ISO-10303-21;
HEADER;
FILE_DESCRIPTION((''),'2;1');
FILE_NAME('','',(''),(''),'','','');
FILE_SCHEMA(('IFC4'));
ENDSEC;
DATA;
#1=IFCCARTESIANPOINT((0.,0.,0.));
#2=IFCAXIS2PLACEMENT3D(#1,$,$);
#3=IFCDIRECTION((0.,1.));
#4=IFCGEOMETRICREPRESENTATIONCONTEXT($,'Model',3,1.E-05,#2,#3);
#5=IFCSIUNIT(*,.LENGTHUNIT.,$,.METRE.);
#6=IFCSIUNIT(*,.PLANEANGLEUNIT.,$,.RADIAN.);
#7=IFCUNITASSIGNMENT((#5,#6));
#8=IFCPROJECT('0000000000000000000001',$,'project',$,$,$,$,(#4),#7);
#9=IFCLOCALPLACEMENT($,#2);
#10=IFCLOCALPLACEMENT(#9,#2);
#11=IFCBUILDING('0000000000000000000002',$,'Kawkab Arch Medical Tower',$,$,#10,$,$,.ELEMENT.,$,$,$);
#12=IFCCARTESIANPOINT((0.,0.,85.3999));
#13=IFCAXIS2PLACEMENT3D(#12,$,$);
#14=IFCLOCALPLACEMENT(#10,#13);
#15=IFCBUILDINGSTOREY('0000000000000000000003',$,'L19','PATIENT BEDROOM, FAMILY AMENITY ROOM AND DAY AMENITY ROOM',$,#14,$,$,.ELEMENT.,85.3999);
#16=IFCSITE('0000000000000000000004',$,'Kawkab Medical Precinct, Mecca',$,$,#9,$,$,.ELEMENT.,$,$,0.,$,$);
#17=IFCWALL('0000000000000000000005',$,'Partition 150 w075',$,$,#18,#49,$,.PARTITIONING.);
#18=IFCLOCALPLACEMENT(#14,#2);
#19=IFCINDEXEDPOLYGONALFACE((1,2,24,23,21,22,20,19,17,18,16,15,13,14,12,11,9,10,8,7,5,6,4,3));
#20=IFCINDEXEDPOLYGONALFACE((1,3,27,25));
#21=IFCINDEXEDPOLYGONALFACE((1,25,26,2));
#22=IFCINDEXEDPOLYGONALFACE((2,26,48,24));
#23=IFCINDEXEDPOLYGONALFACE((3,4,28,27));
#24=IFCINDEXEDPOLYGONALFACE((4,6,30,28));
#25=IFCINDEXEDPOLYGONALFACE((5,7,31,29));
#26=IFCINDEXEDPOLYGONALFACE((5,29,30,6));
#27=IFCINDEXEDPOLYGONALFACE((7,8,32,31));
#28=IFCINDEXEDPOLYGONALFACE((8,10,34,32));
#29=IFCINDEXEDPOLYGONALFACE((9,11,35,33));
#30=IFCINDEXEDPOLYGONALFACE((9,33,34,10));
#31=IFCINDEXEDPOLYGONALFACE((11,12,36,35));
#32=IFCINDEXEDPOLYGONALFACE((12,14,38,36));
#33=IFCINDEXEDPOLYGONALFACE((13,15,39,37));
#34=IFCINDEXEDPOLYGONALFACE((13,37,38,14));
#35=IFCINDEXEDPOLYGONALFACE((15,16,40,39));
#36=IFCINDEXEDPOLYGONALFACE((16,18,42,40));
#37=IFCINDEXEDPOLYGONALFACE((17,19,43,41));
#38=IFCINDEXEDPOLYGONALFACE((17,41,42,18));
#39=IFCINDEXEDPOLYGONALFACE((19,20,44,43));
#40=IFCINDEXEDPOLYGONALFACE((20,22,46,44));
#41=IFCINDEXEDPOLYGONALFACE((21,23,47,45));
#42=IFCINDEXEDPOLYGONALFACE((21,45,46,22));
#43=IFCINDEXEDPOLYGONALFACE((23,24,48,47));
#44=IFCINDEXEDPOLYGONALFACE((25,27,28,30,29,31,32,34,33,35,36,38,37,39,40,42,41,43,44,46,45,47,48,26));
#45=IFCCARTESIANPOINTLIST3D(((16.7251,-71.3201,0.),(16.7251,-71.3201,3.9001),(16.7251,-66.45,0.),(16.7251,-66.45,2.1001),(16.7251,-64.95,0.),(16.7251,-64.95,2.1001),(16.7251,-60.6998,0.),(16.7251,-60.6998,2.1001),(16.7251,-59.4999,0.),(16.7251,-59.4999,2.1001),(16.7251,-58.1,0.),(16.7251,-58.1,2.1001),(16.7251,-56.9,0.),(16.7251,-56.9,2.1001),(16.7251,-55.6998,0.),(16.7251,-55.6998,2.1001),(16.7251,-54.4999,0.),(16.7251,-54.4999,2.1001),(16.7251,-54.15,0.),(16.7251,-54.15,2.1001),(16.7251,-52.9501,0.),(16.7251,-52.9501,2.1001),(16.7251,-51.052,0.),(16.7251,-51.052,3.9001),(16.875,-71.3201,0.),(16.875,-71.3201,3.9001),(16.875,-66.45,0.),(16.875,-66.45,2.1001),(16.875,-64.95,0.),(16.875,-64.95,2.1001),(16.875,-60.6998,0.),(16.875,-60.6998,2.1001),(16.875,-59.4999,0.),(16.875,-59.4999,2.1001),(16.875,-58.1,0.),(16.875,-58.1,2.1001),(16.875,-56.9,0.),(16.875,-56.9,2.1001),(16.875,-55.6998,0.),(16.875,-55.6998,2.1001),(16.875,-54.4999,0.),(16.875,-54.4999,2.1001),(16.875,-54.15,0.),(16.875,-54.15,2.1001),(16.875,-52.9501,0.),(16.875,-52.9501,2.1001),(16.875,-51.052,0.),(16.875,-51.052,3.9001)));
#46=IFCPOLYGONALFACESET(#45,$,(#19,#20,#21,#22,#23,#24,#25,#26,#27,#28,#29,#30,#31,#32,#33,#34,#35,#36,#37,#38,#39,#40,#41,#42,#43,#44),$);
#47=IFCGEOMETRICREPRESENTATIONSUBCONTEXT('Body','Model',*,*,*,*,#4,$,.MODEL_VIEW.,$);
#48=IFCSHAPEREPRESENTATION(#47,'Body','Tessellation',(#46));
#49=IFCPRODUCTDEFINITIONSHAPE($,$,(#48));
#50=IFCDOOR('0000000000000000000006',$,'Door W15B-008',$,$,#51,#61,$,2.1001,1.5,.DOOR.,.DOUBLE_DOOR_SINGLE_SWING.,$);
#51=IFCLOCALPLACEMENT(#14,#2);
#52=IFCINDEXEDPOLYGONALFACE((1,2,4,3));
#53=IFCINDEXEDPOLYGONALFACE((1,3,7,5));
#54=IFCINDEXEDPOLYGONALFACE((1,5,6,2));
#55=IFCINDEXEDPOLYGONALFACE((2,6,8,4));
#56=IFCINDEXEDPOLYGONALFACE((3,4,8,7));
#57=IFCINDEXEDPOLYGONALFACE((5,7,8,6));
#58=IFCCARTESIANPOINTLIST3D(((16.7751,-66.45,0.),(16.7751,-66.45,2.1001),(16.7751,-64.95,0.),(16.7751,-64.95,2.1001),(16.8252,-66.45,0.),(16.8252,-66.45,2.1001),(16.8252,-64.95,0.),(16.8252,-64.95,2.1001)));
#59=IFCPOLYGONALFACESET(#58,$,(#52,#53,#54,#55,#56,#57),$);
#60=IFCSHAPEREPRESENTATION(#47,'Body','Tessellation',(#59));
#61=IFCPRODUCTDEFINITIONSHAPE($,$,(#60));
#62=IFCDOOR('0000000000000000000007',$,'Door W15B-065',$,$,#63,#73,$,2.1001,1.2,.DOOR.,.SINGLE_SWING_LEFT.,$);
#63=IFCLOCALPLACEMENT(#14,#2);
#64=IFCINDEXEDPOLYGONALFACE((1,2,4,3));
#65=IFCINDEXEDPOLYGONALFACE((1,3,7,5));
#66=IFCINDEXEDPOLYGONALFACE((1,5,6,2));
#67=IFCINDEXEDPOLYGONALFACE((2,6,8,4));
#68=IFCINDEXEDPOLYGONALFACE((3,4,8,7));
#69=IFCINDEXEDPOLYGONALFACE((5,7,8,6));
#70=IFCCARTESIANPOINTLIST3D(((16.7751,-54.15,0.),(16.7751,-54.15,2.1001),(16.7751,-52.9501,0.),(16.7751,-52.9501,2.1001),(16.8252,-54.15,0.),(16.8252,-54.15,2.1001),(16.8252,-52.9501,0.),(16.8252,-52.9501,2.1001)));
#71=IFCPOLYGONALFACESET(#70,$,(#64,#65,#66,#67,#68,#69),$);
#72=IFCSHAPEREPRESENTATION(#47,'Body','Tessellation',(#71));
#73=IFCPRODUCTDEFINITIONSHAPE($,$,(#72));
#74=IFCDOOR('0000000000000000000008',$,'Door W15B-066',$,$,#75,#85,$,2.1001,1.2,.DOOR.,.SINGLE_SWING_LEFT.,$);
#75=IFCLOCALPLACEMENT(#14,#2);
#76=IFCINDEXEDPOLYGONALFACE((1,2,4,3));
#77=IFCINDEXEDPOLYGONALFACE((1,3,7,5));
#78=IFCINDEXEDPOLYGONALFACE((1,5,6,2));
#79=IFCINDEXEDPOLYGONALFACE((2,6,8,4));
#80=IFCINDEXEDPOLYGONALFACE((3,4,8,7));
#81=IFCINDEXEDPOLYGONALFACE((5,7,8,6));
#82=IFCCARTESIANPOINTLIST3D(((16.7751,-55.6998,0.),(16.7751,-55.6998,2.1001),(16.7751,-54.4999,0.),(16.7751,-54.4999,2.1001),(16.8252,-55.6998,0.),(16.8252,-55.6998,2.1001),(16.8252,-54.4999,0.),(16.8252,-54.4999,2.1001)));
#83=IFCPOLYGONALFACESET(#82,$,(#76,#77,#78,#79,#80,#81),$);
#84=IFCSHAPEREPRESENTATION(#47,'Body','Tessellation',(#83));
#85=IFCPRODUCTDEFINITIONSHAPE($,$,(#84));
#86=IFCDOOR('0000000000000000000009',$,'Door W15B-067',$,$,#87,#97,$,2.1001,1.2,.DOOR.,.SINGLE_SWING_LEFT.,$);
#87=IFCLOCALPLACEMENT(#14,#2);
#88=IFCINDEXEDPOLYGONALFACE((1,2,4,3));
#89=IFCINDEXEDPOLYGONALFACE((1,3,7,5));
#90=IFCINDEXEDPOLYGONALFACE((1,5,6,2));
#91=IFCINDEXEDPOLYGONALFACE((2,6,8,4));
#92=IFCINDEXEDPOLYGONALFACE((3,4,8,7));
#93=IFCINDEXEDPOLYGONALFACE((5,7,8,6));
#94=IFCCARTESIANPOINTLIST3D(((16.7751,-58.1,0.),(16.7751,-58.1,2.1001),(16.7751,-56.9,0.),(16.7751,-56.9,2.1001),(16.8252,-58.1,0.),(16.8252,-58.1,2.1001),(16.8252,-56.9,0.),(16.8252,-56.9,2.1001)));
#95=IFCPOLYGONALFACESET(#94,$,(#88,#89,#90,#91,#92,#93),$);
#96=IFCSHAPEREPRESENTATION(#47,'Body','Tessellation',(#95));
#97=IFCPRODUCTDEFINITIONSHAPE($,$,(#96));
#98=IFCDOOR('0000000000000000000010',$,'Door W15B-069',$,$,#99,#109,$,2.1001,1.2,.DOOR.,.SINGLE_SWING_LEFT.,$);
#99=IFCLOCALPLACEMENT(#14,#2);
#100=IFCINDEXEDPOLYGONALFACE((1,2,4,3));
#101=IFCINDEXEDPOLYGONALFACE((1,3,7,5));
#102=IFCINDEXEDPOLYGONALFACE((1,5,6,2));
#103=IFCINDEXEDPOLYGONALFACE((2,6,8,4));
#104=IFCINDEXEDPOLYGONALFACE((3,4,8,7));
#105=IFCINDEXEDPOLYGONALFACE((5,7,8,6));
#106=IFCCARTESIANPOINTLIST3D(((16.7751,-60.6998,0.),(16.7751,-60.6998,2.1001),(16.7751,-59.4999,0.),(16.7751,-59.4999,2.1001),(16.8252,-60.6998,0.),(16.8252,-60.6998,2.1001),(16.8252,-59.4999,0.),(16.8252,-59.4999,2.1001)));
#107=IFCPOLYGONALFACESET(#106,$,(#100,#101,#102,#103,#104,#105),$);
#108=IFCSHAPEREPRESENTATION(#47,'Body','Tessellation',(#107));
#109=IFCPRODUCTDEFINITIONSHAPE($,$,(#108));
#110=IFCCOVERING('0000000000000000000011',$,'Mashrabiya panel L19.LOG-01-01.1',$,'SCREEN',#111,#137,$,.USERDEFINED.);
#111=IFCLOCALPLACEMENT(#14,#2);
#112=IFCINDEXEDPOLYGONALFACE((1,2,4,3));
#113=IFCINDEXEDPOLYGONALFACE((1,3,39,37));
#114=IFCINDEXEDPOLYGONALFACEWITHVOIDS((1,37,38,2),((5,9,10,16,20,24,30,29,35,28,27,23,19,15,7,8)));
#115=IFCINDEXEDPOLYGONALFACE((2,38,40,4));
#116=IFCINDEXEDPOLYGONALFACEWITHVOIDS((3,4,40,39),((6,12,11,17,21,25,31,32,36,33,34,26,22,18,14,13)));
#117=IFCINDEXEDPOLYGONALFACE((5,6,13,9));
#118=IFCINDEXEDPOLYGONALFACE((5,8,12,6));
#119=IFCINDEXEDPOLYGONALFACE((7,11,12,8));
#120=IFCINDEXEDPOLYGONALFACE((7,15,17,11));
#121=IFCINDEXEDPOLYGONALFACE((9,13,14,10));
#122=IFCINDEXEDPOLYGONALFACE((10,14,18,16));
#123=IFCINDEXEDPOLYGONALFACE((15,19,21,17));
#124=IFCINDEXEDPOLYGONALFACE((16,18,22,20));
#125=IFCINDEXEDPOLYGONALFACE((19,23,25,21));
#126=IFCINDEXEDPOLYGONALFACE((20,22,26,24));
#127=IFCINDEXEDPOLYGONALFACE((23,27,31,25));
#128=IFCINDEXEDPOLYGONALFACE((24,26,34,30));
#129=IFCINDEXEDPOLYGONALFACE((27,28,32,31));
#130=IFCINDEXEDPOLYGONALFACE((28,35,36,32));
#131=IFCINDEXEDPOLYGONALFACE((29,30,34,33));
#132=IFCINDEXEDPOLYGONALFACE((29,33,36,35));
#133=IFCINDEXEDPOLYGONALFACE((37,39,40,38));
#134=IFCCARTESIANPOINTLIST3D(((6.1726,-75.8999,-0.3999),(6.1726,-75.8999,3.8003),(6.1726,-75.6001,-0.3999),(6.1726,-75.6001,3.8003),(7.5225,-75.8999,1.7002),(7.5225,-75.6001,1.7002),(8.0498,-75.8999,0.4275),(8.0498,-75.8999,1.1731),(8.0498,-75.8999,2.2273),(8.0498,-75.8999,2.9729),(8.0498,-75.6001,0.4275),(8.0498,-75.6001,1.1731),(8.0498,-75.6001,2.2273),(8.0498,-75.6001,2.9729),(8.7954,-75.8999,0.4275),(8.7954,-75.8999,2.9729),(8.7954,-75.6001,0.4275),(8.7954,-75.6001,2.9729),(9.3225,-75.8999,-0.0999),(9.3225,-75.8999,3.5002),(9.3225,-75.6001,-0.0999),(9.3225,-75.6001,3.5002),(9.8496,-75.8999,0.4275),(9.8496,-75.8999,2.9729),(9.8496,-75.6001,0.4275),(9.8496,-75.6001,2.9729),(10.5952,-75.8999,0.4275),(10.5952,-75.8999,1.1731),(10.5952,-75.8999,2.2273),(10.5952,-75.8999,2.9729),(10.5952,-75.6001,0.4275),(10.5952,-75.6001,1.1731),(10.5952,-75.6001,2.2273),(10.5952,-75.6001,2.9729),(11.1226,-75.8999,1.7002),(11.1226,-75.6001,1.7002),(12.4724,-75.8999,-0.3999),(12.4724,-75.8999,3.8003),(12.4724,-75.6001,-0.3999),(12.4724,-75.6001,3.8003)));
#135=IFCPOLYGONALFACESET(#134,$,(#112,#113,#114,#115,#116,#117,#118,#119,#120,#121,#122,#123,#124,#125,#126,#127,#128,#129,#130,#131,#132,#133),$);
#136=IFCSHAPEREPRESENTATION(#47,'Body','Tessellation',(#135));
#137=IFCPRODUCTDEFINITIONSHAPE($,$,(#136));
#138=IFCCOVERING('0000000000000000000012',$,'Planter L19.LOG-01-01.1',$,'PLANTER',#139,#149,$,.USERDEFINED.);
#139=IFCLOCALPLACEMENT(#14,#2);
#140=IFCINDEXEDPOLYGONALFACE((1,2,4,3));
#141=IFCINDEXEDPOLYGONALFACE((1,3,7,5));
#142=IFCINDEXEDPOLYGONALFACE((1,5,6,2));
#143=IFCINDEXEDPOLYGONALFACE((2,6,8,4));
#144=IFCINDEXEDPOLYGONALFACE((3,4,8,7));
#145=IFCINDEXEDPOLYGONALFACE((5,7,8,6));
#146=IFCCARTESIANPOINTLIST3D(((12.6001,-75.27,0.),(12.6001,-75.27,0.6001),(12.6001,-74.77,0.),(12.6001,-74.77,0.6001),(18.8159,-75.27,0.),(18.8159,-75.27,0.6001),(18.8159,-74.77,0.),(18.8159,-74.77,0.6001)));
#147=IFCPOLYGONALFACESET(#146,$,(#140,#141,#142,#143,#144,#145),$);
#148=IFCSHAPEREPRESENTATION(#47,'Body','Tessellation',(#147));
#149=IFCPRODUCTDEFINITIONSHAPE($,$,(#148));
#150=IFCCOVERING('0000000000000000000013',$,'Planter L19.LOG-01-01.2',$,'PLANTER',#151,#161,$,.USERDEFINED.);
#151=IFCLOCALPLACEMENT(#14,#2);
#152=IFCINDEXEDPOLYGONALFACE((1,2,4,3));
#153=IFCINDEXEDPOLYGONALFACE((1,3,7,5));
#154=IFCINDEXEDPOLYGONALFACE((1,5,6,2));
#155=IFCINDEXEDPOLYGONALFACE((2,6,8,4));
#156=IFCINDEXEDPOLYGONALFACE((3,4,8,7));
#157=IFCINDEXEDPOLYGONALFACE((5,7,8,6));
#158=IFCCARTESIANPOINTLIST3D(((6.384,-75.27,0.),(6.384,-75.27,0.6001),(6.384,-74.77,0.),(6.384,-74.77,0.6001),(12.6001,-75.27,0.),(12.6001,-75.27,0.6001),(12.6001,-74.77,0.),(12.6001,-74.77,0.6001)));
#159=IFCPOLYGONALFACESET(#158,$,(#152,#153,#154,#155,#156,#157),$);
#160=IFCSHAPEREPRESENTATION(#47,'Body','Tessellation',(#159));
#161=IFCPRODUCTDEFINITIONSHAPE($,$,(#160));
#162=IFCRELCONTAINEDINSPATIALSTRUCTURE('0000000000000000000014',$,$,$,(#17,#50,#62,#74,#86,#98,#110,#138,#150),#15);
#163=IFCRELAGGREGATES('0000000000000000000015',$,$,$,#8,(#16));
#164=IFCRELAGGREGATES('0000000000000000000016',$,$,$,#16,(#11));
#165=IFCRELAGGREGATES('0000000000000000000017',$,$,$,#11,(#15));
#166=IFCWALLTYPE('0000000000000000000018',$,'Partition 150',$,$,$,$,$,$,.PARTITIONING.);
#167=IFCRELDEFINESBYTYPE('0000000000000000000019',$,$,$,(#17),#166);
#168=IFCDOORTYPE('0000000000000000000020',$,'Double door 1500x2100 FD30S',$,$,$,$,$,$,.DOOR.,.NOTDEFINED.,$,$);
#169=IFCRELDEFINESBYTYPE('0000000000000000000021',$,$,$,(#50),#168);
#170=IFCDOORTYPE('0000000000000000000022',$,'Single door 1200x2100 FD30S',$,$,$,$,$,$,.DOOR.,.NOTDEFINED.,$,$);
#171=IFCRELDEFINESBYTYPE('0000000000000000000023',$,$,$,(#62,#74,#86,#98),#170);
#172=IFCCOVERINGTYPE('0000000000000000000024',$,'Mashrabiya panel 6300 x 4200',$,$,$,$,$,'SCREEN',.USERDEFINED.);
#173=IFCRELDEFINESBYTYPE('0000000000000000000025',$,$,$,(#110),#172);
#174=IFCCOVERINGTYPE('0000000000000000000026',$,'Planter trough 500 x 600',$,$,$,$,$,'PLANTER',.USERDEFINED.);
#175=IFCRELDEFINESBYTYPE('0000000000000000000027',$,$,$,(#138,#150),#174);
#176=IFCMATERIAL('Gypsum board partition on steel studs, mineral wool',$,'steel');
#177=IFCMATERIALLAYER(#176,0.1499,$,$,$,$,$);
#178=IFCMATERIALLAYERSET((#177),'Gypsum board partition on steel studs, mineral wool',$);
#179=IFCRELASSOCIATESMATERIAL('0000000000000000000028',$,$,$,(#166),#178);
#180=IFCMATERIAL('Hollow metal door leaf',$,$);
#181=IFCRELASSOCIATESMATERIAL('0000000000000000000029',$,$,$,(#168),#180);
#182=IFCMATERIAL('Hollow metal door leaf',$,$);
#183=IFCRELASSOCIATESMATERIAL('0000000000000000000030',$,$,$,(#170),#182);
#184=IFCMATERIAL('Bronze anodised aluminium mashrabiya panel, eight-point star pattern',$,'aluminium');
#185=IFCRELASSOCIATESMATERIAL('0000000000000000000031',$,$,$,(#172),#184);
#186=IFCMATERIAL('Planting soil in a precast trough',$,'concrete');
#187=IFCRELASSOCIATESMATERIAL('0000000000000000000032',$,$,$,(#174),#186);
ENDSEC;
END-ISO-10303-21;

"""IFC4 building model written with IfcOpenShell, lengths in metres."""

from ifc_helpers import new_model, si_unit, direction, frame, frame_2d, origin, origin_2d, place, context, subcontext, project, spatial, polyline, rectangle, outline, extrude, material, layer, layer_set, material_profile, profile_set, type_object, element, fill, save


model = new_model("IFC4")

# Units and contexts
model_context = context("Model", 3, precision=1e-05, world=origin(), true_north=direction((0.0, 1.0)))
body_context = subcontext(model_context, "Body", "Model", "MODEL_VIEW")
ifc_project = project(units=[si_unit("LENGTHUNIT", "METRE"), si_unit("PLANEANGLEUNIT", "RADIAN")], contexts=[model_context])

# Site, building, storey
site_placement = place(None, origin())
site = spatial("IfcSite", under=ifc_project, at=site_placement, Name="Kawkab Medical Precinct, Mecca", CompositionType="ELEMENT", RefElevation=0.0)
building_placement = place(site_placement, origin())
building = spatial("IfcBuilding", under=site, at=building_placement, Name="Kawkab Arch Medical Tower", CompositionType="ELEMENT")
storey_placement = place(building_placement, frame((0.0, 0.0, 85.3999)))
storey = spatial("IfcBuildingStorey", under=building, at=storey_placement, Name="L19", Description="PATIENT BEDROOM, FAMILY AMENITY ROOM AND DAY AMENITY ROOM", CompositionType="ELEMENT", Elevation=85.3999)

# Shared definitions
ifc_material_1 = material(Name="Gypsum board partition on steel studs, mineral wool", Category="steel")
ifc_layer_1 = layer(ifc_material_1, 0.1499)
ifc_layer_set_1 = layer_set([ifc_layer_1], Name="Gypsum board partition on steel studs, mineral wool")
wall_type_1 = type_object("IfcWallType", Name="Partition 150", PredefinedType="PARTITIONING", material=ifc_layer_set_1)

# Wall, openings, doors
wall_1_placement = place(storey_placement, frame((16.8, -71.3201, 0.0), z_axis=(0.0, 0.0, 1.0), x_axis=(0.0, 1.0, 0.0)))
wall_1 = element("IfcWall", 1, at=wall_1_placement, inside=storey, type_object=wall_type_1, Name="Partition 150 w075", PredefinedType="PARTITIONING", context=body_context, shape_type="SweptSolid", body=[
    extrude(rectangle(XDim=20.2681, YDim=0.1499, at=frame_2d((10.134, 0.0))), origin(), (0.0, 0.0, 1.0), 3.9001),
])
opening_1_placement = place(wall_1_placement, frame((17.1699, 0.0, 0.0)))
opening_1 = element("IfcOpeningElement", 2, at=opening_1_placement, cuts=wall_1, PredefinedType="OPENING", context=body_context, shape_type="SweptSolid", body=[
    extrude(rectangle(XDim=1.2, YDim=2.1001, at=frame_2d((0.6001, 1.05))), frame((0.0, 0.085, 0.0), z_axis=(0.0, -1.0, 0.0), x_axis=(1.0, 0.0, 0.0)), (0.0, 0.0, 1.0), 0.1699),
])
opening_2_placement = place(wall_1_placement, frame((15.6201, 0.0, 0.0)))
opening_2 = element("IfcOpeningElement", 3, at=opening_2_placement, cuts=wall_1, PredefinedType="OPENING", context=body_context, shape_type="SweptSolid", body=[
    extrude(rectangle(XDim=1.2, YDim=2.1001, at=frame_2d((0.6001, 1.05))), frame((0.0, 0.085, 0.0), z_axis=(0.0, -1.0, 0.0), x_axis=(1.0, 0.0, 0.0)), (0.0, 0.0, 1.0), 0.1699),
])
opening_3_placement = place(wall_1_placement, frame((13.22, 0.0, 0.0)))
opening_3 = element("IfcOpeningElement", 4, at=opening_3_placement, cuts=wall_1, PredefinedType="OPENING", context=body_context, shape_type="SweptSolid", body=[
    extrude(rectangle(XDim=1.2, YDim=2.1001, at=frame_2d((0.6001, 1.05))), frame((0.0, 0.085, 0.0), z_axis=(0.0, -1.0, 0.0), x_axis=(1.0, 0.0, 0.0)), (0.0, 0.0, 1.0), 0.1699),
])
opening_4_placement = place(wall_1_placement, frame((10.6201, 0.0, 0.0)))
opening_4 = element("IfcOpeningElement", 5, at=opening_4_placement, cuts=wall_1, PredefinedType="OPENING", context=body_context, shape_type="SweptSolid", body=[
    extrude(rectangle(XDim=1.2, YDim=2.1001, at=frame_2d((0.6001, 1.05))), frame((0.0, 0.085, 0.0), z_axis=(0.0, -1.0, 0.0), x_axis=(1.0, 0.0, 0.0)), (0.0, 0.0, 1.0), 0.1699),
])
opening_5_placement = place(wall_1_placement, frame((4.8701, 0.0, 0.0)))
opening_5 = element("IfcOpeningElement", 6, at=opening_5_placement, cuts=wall_1, PredefinedType="OPENING", context=body_context, shape_type="SweptSolid", body=[
    extrude(rectangle(XDim=1.5, YDim=2.1001, at=frame_2d((0.75, 1.05))), frame((0.0, 0.085, 0.0), z_axis=(0.0, -1.0, 0.0), x_axis=(1.0, 0.0, 0.0)), (0.0, 0.0, 1.0), 0.1699),
])
ifc_material_2 = material(Name="Hollow metal door leaf")
door_type_1 = type_object("IfcDoorType", Name="Double door 1500x2100 FD30S", OperationType="NOTDEFINED", PredefinedType="DOOR", material=ifc_material_2)
door_1_placement = place(opening_5_placement, origin())
door_1 = element("IfcDoor", 7, at=door_1_placement, inside=storey, type_object=door_type_1, Name="Door W15B-008", OperationType="DOUBLE_DOOR_SINGLE_SWING", OverallHeight=2.1001, OverallWidth=1.5, PredefinedType="DOOR", context=body_context, shape_type="SweptSolid", body=[
    extrude(rectangle(XDim=1.5, YDim=2.1001, at=frame_2d((0.75, 1.05))), frame((0.0, 0.0249, 0.0), z_axis=(0.0, -1.0, 0.0), x_axis=(1.0, 0.0, 0.0)), (0.0, 0.0, 1.0), 0.05),
])
fill(opening_5, door_1)
ifc_material_3 = material(Name="Hollow metal door leaf")
door_type_2 = type_object("IfcDoorType", Name="Single door 1200x2100 FD30S", OperationType="NOTDEFINED", PredefinedType="DOOR", material=ifc_material_3)
door_2_placement = place(opening_1_placement, origin())
door_2 = element("IfcDoor", 8, at=door_2_placement, inside=storey, type_object=door_type_2, Name="Door W15B-065", OperationType="SINGLE_SWING_LEFT", OverallHeight=2.1001, OverallWidth=1.2, PredefinedType="DOOR", context=body_context, shape_type="SweptSolid", body=[
    extrude(rectangle(XDim=1.2, YDim=2.1001, at=frame_2d((0.6001, 1.05))), frame((0.0, 0.0249, 0.0), z_axis=(0.0, -1.0, 0.0), x_axis=(1.0, 0.0, 0.0)), (0.0, 0.0, 1.0), 0.05),
])
fill(opening_1, door_2)
door_3_placement = place(opening_2_placement, origin())
door_3 = element("IfcDoor", 9, at=door_3_placement, inside=storey, type_object=door_type_2, Name="Door W15B-066", OperationType="SINGLE_SWING_LEFT", OverallHeight=2.1001, OverallWidth=1.2, PredefinedType="DOOR", context=body_context, shape_type="SweptSolid", body=[
    extrude(rectangle(XDim=1.2, YDim=2.1001, at=frame_2d((0.6001, 1.05))), frame((0.0, 0.0249, 0.0), z_axis=(0.0, -1.0, 0.0), x_axis=(1.0, 0.0, 0.0)), (0.0, 0.0, 1.0), 0.05),
])
fill(opening_2, door_3)
door_4_placement = place(opening_3_placement, origin())
door_4 = element("IfcDoor", 10, at=door_4_placement, inside=storey, type_object=door_type_2, Name="Door W15B-067", OperationType="SINGLE_SWING_LEFT", OverallHeight=2.1001, OverallWidth=1.2, PredefinedType="DOOR", context=body_context, shape_type="SweptSolid", body=[
    extrude(rectangle(XDim=1.2, YDim=2.1001, at=frame_2d((0.6001, 1.05))), frame((0.0, 0.0249, 0.0), z_axis=(0.0, -1.0, 0.0), x_axis=(1.0, 0.0, 0.0)), (0.0, 0.0, 1.0), 0.05),
])
fill(opening_3, door_4)
door_5_placement = place(opening_4_placement, origin())
door_5 = element("IfcDoor", 11, at=door_5_placement, inside=storey, type_object=door_type_2, Name="Door W15B-069", OperationType="SINGLE_SWING_LEFT", OverallHeight=2.1001, OverallWidth=1.2, PredefinedType="DOOR", context=body_context, shape_type="SweptSolid", body=[
    extrude(rectangle(XDim=1.2, YDim=2.1001, at=frame_2d((0.6001, 1.05))), frame((0.0, 0.0249, 0.0), z_axis=(0.0, -1.0, 0.0), x_axis=(1.0, 0.0, 0.0)), (0.0, 0.0, 1.0), 0.05),
])
fill(opening_4, door_5)

# Coverings
ifc_material_4 = material(Name="Bronze anodised aluminium mashrabiya panel, eight-point star pattern", Category="aluminium")
ifc_material_profile_1 = material_profile(ifc_material_4, outline(polyline([(-3.1499, -2.1001), (3.1499, -2.1001), (3.1499, 2.1001), (-3.1499, 2.1001), (-3.1499, -2.1001)]), holes=[polyline([(1.8, 0.0), (1.2727, 0.5271), (1.2727, 1.2727), (0.5271, 1.2727), (0.0, 1.8), (-0.5271, 1.2727), (-1.2727, 1.2727), (-1.2727, 0.5271), (-1.8, 0.0), (-1.2727, -0.5271), (-1.2727, -1.2727), (-0.5271, -1.2727), (0.0, -1.8), (0.5271, -1.2727), (1.2727, -1.2727), (1.2727, -0.5271), (1.8, 0.0)])]), Name="Mashrabiya panel 6300x4200")
ifc_profile_set_1 = profile_set([ifc_material_profile_1], Name="Bronze anodised aluminium mashrabiya panel, eight-point star pattern")
covering_type_1 = type_object("IfcCoveringType", Name="Mashrabiya panel 6300 x 4200", ElementType="SCREEN", PredefinedType="USERDEFINED", material=ifc_profile_set_1)
covering_1_placement = place(storey_placement, frame((9.3225, -75.6001, 1.7002), z_axis=(0.0, -1.0, 0.0), x_axis=(1.0, 0.0, 0.0)))
element("IfcCovering", 12, at=covering_1_placement, inside=storey, type_object=covering_type_1, Name="Mashrabiya panel L19.LOG-01-01.1", ObjectType="SCREEN", PredefinedType="USERDEFINED", context=body_context, shape_type="SweptSolid", body=[
    extrude(outline(polyline([(-3.1499, -2.1001), (3.1499, -2.1001), (3.1499, 2.1001), (-3.1499, 2.1001), (-3.1499, -2.1001)]), holes=[polyline([(1.8, 0.0), (1.2727, 0.5271), (1.2727, 1.2727), (0.5271, 1.2727), (0.0, 1.8), (-0.5271, 1.2727), (-1.2727, 1.2727), (-1.2727, 0.5271), (-1.8, 0.0), (-1.2727, -0.5271), (-1.2727, -1.2727), (-0.5271, -1.2727), (0.0, -1.8), (0.5271, -1.2727), (1.2727, -1.2727), (1.2727, -0.5271), (1.8, 0.0)])]), origin(), (0.0, 0.0, 1.0), 0.2998),
])
ifc_material_5 = material(Name="Planting soil in a precast trough", Category="concrete")
ifc_material_profile_2 = material_profile(ifc_material_5, rectangle(XDim=0.5, YDim=0.6001, at=origin_2d()), Name="Trough 500x600")
ifc_profile_set_2 = profile_set([ifc_material_profile_2], Name="Planting soil in a precast trough")
covering_type_2 = type_object("IfcCoveringType", Name="Planter trough 500 x 600", ElementType="PLANTER", PredefinedType="USERDEFINED", material=ifc_profile_set_2)
covering_2_placement = place(storey_placement, frame((18.8159, -75.02, 0.3), z_axis=(-1.0, 0.0, 0.0), x_axis=(0.0, -1.0, 0.0)))
element("IfcCovering", 13, at=covering_2_placement, inside=storey, type_object=covering_type_2, Name="Planter L19.LOG-01-01.1", ObjectType="PLANTER", PredefinedType="USERDEFINED", context=body_context, shape_type="SweptSolid", body=[
    extrude(rectangle(XDim=0.5, YDim=0.6001, at=origin_2d()), origin(), (0.0, 0.0, 1.0), 6.2158),
])
covering_3_placement = place(storey_placement, frame((12.6001, -75.02, 0.3), z_axis=(-1.0, 0.0, 0.0), x_axis=(0.0, -1.0, 0.0)))
element("IfcCovering", 14, at=covering_3_placement, inside=storey, type_object=covering_type_2, Name="Planter L19.LOG-01-01.2", ObjectType="PLANTER", PredefinedType="USERDEFINED", context=body_context, shape_type="SweptSolid", body=[
    extrude(rectangle(XDim=0.5, YDim=0.6001, at=origin_2d()), origin(), (0.0, 0.0, 1.0), 6.2161),
])

save(model, "model.ifc")
